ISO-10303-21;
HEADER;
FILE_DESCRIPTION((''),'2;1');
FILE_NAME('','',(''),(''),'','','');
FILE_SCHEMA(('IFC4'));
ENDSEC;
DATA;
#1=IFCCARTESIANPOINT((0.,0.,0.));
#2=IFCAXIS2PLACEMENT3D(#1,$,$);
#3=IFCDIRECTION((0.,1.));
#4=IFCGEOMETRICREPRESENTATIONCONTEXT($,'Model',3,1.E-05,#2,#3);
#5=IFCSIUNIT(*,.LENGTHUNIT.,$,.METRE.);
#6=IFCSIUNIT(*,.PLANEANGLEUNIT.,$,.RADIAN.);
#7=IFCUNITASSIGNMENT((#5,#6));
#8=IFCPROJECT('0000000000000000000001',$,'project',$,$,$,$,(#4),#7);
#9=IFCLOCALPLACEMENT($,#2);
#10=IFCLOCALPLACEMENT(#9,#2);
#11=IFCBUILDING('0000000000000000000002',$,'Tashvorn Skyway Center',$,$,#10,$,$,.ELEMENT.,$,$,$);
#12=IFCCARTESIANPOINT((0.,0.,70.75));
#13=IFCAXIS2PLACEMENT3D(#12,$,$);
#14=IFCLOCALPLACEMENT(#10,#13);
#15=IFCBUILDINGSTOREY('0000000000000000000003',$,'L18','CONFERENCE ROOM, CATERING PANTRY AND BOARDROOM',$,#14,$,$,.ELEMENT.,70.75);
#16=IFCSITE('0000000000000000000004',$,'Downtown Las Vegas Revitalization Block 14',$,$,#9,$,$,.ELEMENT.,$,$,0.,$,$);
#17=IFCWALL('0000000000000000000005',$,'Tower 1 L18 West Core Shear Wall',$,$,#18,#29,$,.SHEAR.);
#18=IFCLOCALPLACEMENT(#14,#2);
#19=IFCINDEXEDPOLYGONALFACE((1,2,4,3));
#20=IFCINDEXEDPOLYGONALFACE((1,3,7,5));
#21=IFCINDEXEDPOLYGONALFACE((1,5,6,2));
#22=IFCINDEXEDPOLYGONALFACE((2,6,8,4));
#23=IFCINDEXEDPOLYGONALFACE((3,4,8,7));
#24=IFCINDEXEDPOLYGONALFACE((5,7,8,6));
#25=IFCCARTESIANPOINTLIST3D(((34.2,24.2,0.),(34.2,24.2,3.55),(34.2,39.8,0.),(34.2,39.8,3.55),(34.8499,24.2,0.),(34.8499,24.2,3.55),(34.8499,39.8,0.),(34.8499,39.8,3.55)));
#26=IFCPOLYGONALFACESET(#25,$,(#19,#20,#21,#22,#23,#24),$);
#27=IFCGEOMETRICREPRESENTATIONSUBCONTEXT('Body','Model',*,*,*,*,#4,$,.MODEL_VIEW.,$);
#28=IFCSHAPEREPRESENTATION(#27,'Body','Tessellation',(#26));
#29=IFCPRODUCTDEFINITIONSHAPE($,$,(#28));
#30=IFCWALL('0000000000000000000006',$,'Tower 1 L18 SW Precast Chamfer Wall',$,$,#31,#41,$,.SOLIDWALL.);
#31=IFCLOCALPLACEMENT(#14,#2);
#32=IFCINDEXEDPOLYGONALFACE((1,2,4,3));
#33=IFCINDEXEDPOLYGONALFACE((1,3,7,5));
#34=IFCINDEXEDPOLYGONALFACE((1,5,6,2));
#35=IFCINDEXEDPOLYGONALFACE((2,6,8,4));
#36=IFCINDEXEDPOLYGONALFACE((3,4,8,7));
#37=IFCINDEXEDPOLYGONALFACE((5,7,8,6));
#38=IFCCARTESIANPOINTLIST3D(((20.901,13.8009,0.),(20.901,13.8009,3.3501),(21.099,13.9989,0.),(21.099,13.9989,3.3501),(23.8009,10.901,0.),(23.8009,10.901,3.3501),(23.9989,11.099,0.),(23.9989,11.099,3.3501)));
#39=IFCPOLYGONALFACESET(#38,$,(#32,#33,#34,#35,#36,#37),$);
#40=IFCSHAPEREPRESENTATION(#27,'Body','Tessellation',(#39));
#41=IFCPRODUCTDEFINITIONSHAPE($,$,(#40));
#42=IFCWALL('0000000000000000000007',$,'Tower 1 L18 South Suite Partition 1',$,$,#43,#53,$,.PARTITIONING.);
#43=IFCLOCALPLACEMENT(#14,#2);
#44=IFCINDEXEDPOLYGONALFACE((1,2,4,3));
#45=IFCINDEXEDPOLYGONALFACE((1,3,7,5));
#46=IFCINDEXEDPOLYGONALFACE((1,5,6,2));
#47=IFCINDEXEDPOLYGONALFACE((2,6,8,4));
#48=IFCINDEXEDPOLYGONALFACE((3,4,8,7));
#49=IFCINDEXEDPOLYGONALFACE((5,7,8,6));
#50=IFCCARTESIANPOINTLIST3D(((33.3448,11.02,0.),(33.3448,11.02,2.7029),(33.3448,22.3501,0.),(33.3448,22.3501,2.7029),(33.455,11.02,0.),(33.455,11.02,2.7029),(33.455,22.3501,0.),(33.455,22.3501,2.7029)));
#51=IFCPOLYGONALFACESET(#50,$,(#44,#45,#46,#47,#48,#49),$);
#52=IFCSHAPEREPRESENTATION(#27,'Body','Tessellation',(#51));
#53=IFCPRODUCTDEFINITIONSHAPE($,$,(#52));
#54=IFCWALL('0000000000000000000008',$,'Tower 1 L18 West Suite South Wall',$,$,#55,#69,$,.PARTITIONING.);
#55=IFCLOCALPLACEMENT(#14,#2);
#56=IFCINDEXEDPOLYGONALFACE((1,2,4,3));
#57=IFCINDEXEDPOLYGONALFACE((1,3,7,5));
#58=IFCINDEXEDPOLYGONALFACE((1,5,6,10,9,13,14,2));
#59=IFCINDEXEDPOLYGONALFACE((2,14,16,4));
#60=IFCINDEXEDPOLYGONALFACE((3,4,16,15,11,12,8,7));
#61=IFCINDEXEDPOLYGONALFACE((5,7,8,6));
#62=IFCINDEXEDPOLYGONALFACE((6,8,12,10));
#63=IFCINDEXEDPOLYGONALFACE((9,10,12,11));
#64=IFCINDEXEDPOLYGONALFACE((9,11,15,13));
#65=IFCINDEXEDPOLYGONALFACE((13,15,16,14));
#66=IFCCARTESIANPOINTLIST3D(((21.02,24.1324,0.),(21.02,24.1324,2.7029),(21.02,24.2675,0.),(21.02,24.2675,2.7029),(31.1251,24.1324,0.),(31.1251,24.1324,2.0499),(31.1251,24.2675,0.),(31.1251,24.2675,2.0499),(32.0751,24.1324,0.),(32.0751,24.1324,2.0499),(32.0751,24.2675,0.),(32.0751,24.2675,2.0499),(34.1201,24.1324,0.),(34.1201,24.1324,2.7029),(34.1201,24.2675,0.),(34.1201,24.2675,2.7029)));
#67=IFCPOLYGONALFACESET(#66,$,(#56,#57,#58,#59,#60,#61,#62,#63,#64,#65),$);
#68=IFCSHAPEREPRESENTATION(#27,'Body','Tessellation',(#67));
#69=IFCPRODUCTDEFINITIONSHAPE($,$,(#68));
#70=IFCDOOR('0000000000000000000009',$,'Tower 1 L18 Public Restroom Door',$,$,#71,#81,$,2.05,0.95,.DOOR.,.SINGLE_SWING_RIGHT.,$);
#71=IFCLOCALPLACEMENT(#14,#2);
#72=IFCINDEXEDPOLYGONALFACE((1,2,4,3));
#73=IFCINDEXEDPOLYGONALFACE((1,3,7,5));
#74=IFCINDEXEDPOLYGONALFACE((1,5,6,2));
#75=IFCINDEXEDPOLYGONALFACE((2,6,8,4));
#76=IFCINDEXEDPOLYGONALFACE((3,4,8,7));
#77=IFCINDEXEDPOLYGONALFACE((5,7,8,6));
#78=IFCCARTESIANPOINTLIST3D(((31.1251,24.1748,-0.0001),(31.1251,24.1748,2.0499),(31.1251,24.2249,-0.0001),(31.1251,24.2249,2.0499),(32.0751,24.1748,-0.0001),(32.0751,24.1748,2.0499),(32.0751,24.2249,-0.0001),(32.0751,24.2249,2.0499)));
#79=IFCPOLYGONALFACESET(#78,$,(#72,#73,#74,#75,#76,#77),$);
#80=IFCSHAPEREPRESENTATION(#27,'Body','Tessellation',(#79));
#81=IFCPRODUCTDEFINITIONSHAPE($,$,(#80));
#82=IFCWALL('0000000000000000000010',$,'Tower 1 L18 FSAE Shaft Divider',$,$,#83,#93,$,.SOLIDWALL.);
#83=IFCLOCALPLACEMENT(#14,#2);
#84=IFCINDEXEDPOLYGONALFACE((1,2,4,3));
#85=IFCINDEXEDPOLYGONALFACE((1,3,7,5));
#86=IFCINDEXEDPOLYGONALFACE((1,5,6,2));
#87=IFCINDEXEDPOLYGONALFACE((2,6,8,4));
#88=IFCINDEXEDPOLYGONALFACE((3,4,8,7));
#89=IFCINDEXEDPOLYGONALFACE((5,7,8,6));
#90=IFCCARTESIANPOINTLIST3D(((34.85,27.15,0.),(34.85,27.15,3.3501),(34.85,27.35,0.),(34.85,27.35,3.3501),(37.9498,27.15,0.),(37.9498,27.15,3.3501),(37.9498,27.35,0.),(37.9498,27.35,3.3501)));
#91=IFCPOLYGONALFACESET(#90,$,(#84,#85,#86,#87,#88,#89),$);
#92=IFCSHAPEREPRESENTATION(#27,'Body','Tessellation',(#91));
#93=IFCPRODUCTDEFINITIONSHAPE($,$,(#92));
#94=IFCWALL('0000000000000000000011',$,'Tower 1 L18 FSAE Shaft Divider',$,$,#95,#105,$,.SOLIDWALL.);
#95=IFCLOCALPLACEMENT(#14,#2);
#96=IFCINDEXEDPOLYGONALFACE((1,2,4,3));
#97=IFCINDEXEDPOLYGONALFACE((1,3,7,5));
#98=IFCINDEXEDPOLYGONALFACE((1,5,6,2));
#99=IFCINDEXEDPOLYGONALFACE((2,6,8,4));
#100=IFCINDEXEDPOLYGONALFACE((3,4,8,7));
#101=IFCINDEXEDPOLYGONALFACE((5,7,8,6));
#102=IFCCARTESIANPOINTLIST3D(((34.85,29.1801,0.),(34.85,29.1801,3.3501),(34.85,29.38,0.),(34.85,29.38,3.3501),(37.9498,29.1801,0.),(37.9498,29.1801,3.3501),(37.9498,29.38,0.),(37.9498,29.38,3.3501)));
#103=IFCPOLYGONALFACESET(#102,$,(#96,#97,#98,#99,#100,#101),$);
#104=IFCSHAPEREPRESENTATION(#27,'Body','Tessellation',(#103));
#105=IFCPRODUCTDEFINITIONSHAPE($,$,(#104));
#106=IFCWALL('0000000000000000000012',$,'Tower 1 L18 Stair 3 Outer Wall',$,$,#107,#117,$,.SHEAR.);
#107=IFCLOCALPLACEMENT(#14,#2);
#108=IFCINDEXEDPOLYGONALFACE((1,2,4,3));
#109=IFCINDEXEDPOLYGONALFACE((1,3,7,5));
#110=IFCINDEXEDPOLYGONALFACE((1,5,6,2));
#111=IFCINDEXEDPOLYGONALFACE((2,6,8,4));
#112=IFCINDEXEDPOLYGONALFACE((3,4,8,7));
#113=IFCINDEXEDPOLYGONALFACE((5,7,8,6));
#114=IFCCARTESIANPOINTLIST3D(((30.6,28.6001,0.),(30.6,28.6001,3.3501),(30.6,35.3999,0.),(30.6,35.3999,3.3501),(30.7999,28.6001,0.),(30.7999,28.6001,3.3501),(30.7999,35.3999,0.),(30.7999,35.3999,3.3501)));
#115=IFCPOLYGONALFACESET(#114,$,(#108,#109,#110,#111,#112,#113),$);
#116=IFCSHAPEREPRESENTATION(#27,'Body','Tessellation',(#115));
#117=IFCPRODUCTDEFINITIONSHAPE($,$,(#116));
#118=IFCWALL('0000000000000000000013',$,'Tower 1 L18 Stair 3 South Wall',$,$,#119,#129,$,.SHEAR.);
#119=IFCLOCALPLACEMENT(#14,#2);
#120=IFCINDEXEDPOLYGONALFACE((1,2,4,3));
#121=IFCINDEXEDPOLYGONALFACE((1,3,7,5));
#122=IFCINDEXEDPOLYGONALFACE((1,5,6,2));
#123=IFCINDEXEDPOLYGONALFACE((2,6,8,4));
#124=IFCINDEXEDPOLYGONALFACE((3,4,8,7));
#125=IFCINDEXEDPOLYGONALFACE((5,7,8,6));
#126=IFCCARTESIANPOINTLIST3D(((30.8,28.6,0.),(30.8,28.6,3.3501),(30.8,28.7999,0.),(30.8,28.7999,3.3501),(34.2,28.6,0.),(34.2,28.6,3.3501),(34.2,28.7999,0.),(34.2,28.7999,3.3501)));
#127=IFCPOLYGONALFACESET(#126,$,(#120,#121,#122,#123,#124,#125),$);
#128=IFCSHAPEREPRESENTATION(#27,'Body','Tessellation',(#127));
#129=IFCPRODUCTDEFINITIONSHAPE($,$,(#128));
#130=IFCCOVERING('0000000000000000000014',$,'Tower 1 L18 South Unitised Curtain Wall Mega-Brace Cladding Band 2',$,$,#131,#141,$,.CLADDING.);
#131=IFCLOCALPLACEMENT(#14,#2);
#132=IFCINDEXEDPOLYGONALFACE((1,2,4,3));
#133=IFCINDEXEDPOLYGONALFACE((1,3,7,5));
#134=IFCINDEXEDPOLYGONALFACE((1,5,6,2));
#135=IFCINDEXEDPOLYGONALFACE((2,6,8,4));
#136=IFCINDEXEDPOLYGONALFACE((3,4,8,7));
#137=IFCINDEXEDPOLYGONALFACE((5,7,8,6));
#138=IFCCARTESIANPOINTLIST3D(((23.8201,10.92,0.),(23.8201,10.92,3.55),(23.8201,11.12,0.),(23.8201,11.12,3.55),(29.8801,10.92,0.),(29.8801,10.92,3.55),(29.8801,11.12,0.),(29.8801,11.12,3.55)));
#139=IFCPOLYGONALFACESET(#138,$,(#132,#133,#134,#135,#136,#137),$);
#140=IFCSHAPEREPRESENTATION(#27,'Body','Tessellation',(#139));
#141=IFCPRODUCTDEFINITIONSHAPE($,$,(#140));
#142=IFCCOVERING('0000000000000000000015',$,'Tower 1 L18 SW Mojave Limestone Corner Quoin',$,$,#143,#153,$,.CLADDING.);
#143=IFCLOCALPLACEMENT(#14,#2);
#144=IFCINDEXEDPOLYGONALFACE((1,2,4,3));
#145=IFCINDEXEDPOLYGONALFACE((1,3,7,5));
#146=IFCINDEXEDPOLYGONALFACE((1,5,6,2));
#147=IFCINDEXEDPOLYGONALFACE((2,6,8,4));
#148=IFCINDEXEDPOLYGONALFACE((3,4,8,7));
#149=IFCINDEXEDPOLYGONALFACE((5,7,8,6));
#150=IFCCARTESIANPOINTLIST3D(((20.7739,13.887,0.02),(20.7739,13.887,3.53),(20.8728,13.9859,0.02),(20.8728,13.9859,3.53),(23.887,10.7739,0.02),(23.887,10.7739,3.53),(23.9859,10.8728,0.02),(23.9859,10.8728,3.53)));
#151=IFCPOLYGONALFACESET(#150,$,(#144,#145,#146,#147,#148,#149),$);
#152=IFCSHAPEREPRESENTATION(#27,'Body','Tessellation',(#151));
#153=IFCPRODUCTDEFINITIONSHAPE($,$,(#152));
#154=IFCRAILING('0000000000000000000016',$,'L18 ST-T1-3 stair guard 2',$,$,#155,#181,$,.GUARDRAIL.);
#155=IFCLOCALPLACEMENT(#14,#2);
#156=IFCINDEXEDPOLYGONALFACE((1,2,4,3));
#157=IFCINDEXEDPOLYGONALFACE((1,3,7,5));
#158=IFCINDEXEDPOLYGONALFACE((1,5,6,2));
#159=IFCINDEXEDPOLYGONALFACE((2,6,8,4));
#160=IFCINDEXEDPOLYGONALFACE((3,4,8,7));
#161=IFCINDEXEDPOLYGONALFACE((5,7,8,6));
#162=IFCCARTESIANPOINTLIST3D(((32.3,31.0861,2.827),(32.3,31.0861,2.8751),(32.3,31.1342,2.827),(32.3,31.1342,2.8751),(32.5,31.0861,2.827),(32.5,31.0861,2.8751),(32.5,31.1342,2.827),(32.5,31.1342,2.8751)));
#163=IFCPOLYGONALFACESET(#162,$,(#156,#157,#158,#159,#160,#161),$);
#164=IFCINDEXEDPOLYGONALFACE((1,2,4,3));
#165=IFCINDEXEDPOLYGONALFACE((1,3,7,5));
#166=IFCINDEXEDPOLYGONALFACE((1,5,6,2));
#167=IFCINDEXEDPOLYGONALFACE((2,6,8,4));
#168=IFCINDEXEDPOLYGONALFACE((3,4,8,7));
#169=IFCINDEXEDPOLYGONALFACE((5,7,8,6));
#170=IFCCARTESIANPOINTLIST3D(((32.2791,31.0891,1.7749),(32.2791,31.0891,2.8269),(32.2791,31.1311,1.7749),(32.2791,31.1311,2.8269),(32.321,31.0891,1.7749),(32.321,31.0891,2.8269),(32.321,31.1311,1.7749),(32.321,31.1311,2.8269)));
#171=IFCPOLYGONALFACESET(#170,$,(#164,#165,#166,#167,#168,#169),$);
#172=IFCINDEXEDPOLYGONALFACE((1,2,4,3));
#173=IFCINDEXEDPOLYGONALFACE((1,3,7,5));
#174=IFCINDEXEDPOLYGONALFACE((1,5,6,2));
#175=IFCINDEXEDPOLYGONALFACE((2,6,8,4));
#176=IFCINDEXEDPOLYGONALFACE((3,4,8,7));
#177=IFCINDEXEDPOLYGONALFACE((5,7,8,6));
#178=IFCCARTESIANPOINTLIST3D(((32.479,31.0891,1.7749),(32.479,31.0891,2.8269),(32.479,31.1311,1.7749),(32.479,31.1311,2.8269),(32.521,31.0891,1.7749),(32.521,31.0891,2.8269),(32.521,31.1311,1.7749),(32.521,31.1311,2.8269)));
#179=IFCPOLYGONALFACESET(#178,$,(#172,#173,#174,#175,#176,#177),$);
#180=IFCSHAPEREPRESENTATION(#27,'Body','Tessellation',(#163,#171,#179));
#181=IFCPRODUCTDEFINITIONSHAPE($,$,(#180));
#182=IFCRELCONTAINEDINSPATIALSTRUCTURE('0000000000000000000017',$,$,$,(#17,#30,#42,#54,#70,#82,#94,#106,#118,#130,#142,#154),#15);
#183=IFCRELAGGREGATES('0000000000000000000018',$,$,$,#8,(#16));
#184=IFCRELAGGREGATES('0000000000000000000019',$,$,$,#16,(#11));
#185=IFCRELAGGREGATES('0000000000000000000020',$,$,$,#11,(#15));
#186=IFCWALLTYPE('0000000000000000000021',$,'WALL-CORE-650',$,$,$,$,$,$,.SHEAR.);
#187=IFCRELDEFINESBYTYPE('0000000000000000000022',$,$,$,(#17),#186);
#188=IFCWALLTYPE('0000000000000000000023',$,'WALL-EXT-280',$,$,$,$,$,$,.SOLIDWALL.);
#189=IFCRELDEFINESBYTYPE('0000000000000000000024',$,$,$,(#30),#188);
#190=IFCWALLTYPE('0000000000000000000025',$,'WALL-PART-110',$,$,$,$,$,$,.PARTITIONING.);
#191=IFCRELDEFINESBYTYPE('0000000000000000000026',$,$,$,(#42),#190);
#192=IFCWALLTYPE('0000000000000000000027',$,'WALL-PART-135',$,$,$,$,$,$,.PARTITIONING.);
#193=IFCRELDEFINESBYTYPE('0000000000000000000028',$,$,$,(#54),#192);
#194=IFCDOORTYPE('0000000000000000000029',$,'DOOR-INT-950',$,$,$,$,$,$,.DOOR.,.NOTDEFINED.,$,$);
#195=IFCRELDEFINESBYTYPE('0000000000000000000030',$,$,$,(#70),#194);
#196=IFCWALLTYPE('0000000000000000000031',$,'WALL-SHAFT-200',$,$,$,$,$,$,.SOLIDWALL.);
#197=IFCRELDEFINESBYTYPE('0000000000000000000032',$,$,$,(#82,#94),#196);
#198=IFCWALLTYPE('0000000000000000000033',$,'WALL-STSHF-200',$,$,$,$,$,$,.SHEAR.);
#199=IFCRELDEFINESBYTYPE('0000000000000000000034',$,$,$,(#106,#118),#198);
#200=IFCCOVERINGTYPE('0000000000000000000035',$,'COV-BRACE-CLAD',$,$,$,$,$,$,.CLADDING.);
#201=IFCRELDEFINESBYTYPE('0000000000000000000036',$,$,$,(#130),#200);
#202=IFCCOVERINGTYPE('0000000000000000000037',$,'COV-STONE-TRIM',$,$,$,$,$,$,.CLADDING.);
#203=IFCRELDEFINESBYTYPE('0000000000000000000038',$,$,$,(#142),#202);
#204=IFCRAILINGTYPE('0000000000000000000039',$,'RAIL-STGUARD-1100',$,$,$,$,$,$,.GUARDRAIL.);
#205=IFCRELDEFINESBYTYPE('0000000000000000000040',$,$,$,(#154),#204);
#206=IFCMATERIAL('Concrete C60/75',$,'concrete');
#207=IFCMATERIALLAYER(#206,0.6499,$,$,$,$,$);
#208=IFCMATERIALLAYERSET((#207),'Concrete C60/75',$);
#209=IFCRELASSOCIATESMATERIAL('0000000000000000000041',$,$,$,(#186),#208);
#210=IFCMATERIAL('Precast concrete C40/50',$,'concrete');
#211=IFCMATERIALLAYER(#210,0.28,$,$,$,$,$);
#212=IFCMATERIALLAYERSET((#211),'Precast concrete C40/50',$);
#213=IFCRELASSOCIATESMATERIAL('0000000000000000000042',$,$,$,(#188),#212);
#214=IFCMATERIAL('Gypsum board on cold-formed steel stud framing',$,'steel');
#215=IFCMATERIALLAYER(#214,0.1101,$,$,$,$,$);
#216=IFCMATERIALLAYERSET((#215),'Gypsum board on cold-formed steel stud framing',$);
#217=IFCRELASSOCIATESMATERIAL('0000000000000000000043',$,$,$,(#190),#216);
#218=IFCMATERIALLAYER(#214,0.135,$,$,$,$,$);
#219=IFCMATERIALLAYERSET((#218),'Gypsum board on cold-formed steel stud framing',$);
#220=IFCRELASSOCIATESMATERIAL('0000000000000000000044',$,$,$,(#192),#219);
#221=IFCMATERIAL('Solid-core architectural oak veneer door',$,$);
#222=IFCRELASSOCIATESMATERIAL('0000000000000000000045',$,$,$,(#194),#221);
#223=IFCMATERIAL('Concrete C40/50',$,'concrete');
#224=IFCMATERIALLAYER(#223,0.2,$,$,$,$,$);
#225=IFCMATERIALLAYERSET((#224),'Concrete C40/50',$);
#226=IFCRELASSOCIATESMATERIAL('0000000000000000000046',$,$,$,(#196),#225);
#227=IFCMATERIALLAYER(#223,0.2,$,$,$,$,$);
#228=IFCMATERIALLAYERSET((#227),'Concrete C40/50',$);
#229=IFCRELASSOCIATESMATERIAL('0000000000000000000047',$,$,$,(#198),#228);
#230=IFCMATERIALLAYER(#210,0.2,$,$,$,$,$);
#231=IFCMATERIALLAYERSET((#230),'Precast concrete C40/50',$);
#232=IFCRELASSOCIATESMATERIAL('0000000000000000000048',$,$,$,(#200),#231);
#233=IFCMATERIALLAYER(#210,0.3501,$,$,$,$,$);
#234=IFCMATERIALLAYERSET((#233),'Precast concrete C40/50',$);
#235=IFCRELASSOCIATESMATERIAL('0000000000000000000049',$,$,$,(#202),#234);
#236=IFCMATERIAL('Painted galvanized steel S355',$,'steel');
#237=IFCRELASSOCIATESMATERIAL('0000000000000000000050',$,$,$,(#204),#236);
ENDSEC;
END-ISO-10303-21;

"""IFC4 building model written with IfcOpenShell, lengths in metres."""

from ifc_helpers import new_model, si_unit, direction, frame, frame_2d, origin, origin_2d, place, context, subcontext, project, spatial, rectangle, extrude, material, layer, layer_set, type_object, element, fill, save


model = new_model("IFC4")

# Units and contexts
model_context = context("Model", 3, precision=1e-05, world=origin(), true_north=direction((0.0, 1.0)))
body_context = subcontext(model_context, "Body", "Model", "MODEL_VIEW")
ifc_project = project(units=[si_unit("LENGTHUNIT", "METRE"), si_unit("PLANEANGLEUNIT", "RADIAN")], contexts=[model_context])

# Site, building, storey
site_placement = place(None, origin())
site = spatial("IfcSite", under=ifc_project, at=site_placement, Name="Downtown Las Vegas Revitalization Block 14", CompositionType="ELEMENT", RefElevation=0.0)
building_placement = place(site_placement, origin())
building = spatial("IfcBuilding", under=site, at=building_placement, Name="Tashvorn Skyway Center", CompositionType="ELEMENT")
storey_placement = place(building_placement, frame((0.0, 0.0, 70.75)))
storey = spatial("IfcBuildingStorey", under=building, at=storey_placement, Name="L18", Description="CONFERENCE ROOM, CATERING PANTRY AND BOARDROOM", CompositionType="ELEMENT", Elevation=70.75)

# Walls
ifc_material_1 = material(Name="Concrete C60/75", Category="concrete")
ifc_layer_1 = layer(ifc_material_1, 0.6499)
ifc_layer_set_1 = layer_set([ifc_layer_1], Name="Concrete C60/75")
wall_type_1 = type_object("IfcWallType", Name="WALL-CORE-650", PredefinedType="SHEAR", material=ifc_layer_set_1)
wall_1_placement = place(storey_placement, frame((34.5249, 24.2, 0.0), z_axis=(0.0, 0.0, 1.0), x_axis=(0.0, 1.0, 0.0)))
element("IfcWall", 1, at=wall_1_placement, inside=storey, type_object=wall_type_1, Name="Tower 1 L18 West Core Shear Wall", PredefinedType="SHEAR", context=body_context, shape_type="SweptSolid", body=[
    extrude(rectangle(XDim=15.6001, YDim=0.6499, at=frame_2d((7.8, 0.0))), origin(), (0.0, 0.0, 1.0), 3.55),
])
ifc_material_2 = material(Name="Precast concrete C40/50", Category="concrete")
ifc_layer_2 = layer(ifc_material_2, 0.28)
ifc_layer_set_2 = layer_set([ifc_layer_2], Name="Precast concrete C40/50")
wall_type_2 = type_object("IfcWallType", Name="WALL-EXT-280", PredefinedType="SOLIDWALL", material=ifc_layer_set_2)
wall_2_placement = place(storey_placement, frame((23.8999, 11.0, 0.0), z_axis=(0.0, 0.0, 1.0), x_axis=(-0.707107, 0.707107, 0.0)))
element("IfcWall", 2, at=wall_2_placement, inside=storey, type_object=wall_type_2, Name="Tower 1 L18 SW Precast Chamfer Wall", PredefinedType="SOLIDWALL", context=body_context, shape_type="SweptSolid", body=[
    extrude(rectangle(XDim=4.1011, YDim=0.28, at=frame_2d((2.0505, 0.0))), origin(), (0.0, 0.0, 1.0), 3.3501),
])
ifc_material_3 = material(Name="Gypsum board on cold-formed steel stud framing", Category="steel")
ifc_layer_3 = layer(ifc_material_3, 0.1101)
ifc_layer_set_3 = layer_set([ifc_layer_3], Name="Gypsum board on cold-formed steel stud framing")
wall_type_3 = type_object("IfcWallType", Name="WALL-PART-110", PredefinedType="PARTITIONING", material=ifc_layer_set_3)
wall_3_placement = place(storey_placement, frame((33.3999, 11.02, 0.0), z_axis=(0.0, 0.0, 1.0), x_axis=(0.0, 1.0, 0.0)))
element("IfcWall", 3, at=wall_3_placement, inside=storey, type_object=wall_type_3, Name="Tower 1 L18 South Suite Partition 1", PredefinedType="PARTITIONING", context=body_context, shape_type="SweptSolid", body=[
    extrude(rectangle(XDim=11.3301, YDim=0.1101, at=frame_2d((5.665, 0.0))), origin(), (0.0, 0.0, 1.0), 2.7029),
])

# Wall, opening, door
ifc_layer_4 = layer(ifc_material_3, 0.135)
ifc_layer_set_4 = layer_set([ifc_layer_4], Name="Gypsum board on cold-formed steel stud framing")
wall_type_4 = type_object("IfcWallType", Name="WALL-PART-135", PredefinedType="PARTITIONING", material=ifc_layer_set_4)
wall_4_placement = place(storey_placement, frame((21.02, 24.2, 0.0), z_axis=(0.0, 0.0, 1.0), x_axis=(1.0, 0.0, 0.0)))
wall_4 = element("IfcWall", 4, at=wall_4_placement, inside=storey, type_object=wall_type_4, Name="Tower 1 L18 West Suite South Wall", PredefinedType="PARTITIONING", context=body_context, shape_type="SweptSolid", body=[
    extrude(rectangle(XDim=13.1001, YDim=0.135, at=frame_2d((6.55, 0.0))), origin(), (0.0, 0.0, 1.0), 2.7029),
])
opening_placement = place(wall_4_placement, frame((10.105, 0.0, 0.0)))
opening = element("IfcOpeningElement", 5, at=opening_placement, cuts=wall_4, PredefinedType="OPENING", context=body_context, shape_type="SweptSolid", body=[
    extrude(rectangle(XDim=0.95, YDim=2.05, at=frame_2d((0.4751, 1.0249))), frame((0.0, 0.0774, 0.0), z_axis=(0.0, -1.0, 0.0), x_axis=(1.0, 0.0, 0.0)), (0.0, 0.0, 1.0), 0.155),
])
ifc_material_4 = material(Name="Solid-core architectural oak veneer door")
door_type = type_object("IfcDoorType", Name="DOOR-INT-950", OperationType="NOTDEFINED", PredefinedType="DOOR", material=ifc_material_4)
door_placement = place(opening_placement, origin())
door = element("IfcDoor", 6, at=door_placement, inside=storey, type_object=door_type, Name="Tower 1 L18 Public Restroom Door", OperationType="SINGLE_SWING_RIGHT", OverallHeight=2.05, OverallWidth=0.95, PredefinedType="DOOR", context=body_context, shape_type="SweptSolid", body=[
    extrude(rectangle(XDim=0.95, YDim=2.05, at=frame_2d((0.4751, 1.0249))), frame((0.0, 0.0249, 0.0), z_axis=(0.0, -1.0, 0.0), x_axis=(1.0, 0.0, 0.0)), (0.0, 0.0, 1.0), 0.05),
])
fill(opening, door)

# Walls
ifc_material_5 = material(Name="Concrete C40/50", Category="concrete")
ifc_layer_5 = layer(ifc_material_5, 0.2)
ifc_layer_set_5 = layer_set([ifc_layer_5], Name="Concrete C40/50")
wall_type_5 = type_object("IfcWallType", Name="WALL-SHAFT-200", PredefinedType="SOLIDWALL", material=ifc_layer_set_5)
for number, where, z_axis, x_axis, name in (
    (7, (34.8501, 27.25, 0.0), (0.0, 0.0, 1.0), (1.0, 0.0, 0.0), "Tower 1 L18 FSAE Shaft Divider"),
    (8, (34.8501, 29.28, 0.0), (0.0, 0.0, 1.0), (1.0, 0.0, 0.0), "Tower 1 L18 FSAE Shaft Divider"),
):
    element("IfcWall", number, at=place(storey_placement, frame(where, z_axis=z_axis, x_axis=x_axis)), inside=storey, type_object=wall_type_5, Name=name, PredefinedType="SOLIDWALL", context=body_context, shape_type="SweptSolid", body=[
        extrude(rectangle(XDim=3.0999, YDim=0.2, at=frame_2d((1.5498, 0.0))), origin(), (0.0, 0.0, 1.0), 3.3501),
    ])
ifc_layer_6 = layer(ifc_material_5, 0.2)
ifc_layer_set_6 = layer_set([ifc_layer_6], Name="Concrete C40/50")
wall_type_6 = type_object("IfcWallType", Name="WALL-STSHF-200", PredefinedType="SHEAR", material=ifc_layer_set_6)
wall_5_placement = place(storey_placement, frame((30.7, 28.6001, 0.0), z_axis=(0.0, 0.0, 1.0), x_axis=(0.0, 1.0, 0.0)))
element("IfcWall", 9, at=wall_5_placement, inside=storey, type_object=wall_type_6, Name="Tower 1 L18 Stair 3 Outer Wall", PredefinedType="SHEAR", context=body_context, shape_type="SweptSolid", body=[
    extrude(rectangle(XDim=6.7998, YDim=0.2, at=frame_2d((3.3999, 0.0))), origin(), (0.0, 0.0, 1.0), 3.3501),
])
wall_6_placement = place(storey_placement, frame((30.8, 28.7, 0.0), z_axis=(0.0, 0.0, 1.0), x_axis=(1.0, 0.0, 0.0)))
element("IfcWall", 10, at=wall_6_placement, inside=storey, type_object=wall_type_6, Name="Tower 1 L18 Stair 3 South Wall", PredefinedType="SHEAR", context=body_context, shape_type="SweptSolid", body=[
    extrude(rectangle(XDim=3.3999, YDim=0.2, at=frame_2d((1.7, 0.0))), origin(), (0.0, 0.0, 1.0), 3.3501),
])

# Coverings
ifc_layer_7 = layer(ifc_material_2, 0.2)
ifc_layer_set_7 = layer_set([ifc_layer_7], Name="Precast concrete C40/50")
covering_type_1 = type_object("IfcCoveringType", Name="COV-BRACE-CLAD", PredefinedType="CLADDING", material=ifc_layer_set_7)
covering_1_placement = place(storey_placement, frame((26.8501, 11.02, 0.0), z_axis=(0.0, 0.0, 1.0), x_axis=(-1.0, 0.0, 0.0)))
element("IfcCovering", 11, at=covering_1_placement, inside=storey, type_object=covering_type_1, Name="Tower 1 L18 South Unitised Curtain Wall Mega-Brace Cladding Band 2", PredefinedType="CLADDING", context=body_context, shape_type="SweptSolid", body=[
    extrude(rectangle(XDim=6.0601, YDim=0.2, at=origin_2d()), origin(), (0.0, 0.0, 1.0), 3.55),
])
ifc_layer_8 = layer(ifc_material_2, 0.3501)
ifc_layer_set_8 = layer_set([ifc_layer_8], Name="Precast concrete C40/50")
covering_type_2 = type_object("IfcCoveringType", Name="COV-STONE-TRIM", PredefinedType="CLADDING", material=ifc_layer_set_8)
covering_2_placement = place(storey_placement, frame((22.3799, 12.3799, 0.02), z_axis=(0.0, 0.0, 1.0), x_axis=(-0.707107, 0.707107, 0.0)))
element("IfcCovering", 12, at=covering_2_placement, inside=storey, type_object=covering_type_2, Name="Tower 1 L18 SW Mojave Limestone Corner Quoin", PredefinedType="CLADDING", context=body_context, shape_type="SweptSolid", body=[
    extrude(rectangle(XDim=4.4026, YDim=0.1399, at=origin_2d()), origin(), (0.0, 0.0, 1.0), 3.51),
])

# Railing
ifc_material_6 = material(Name="Painted galvanized steel S355", Category="steel")
railing_type = type_object("IfcRailingType", Name="RAIL-STGUARD-1100", PredefinedType="GUARDRAIL", material=ifc_material_6)
railing_1_placement = place(storey_placement, frame((32.3, 31.1101, 1.7749)))
element("IfcRailing", 13, at=railing_1_placement, inside=storey, type_object=railing_type, Name="L18 ST-T1-3 stair guard 2", PredefinedType="GUARDRAIL", context=body_context, shape_type="SweptSolid", body=[
    extrude(rectangle(XDim=0.0481, YDim=0.0481, at=origin_2d()), frame((0.0, 0.0, 1.0762), z_axis=(1.0, 0.0, 0.0), x_axis=(0.0, 1.0, 0.0)), (0.0, 0.0, 1.0), 0.2),
    extrude(rectangle(XDim=0.042, YDim=0.042, at=origin_2d()), origin(), (0.0, 0.0, 1.0), 1.052),
    extrude(rectangle(XDim=0.042, YDim=0.042, at=origin_2d()), frame((0.2, 0.0, 0.0)), (0.0, 0.0, 1.0), 1.052),
])

save(model, "model.ifc")
